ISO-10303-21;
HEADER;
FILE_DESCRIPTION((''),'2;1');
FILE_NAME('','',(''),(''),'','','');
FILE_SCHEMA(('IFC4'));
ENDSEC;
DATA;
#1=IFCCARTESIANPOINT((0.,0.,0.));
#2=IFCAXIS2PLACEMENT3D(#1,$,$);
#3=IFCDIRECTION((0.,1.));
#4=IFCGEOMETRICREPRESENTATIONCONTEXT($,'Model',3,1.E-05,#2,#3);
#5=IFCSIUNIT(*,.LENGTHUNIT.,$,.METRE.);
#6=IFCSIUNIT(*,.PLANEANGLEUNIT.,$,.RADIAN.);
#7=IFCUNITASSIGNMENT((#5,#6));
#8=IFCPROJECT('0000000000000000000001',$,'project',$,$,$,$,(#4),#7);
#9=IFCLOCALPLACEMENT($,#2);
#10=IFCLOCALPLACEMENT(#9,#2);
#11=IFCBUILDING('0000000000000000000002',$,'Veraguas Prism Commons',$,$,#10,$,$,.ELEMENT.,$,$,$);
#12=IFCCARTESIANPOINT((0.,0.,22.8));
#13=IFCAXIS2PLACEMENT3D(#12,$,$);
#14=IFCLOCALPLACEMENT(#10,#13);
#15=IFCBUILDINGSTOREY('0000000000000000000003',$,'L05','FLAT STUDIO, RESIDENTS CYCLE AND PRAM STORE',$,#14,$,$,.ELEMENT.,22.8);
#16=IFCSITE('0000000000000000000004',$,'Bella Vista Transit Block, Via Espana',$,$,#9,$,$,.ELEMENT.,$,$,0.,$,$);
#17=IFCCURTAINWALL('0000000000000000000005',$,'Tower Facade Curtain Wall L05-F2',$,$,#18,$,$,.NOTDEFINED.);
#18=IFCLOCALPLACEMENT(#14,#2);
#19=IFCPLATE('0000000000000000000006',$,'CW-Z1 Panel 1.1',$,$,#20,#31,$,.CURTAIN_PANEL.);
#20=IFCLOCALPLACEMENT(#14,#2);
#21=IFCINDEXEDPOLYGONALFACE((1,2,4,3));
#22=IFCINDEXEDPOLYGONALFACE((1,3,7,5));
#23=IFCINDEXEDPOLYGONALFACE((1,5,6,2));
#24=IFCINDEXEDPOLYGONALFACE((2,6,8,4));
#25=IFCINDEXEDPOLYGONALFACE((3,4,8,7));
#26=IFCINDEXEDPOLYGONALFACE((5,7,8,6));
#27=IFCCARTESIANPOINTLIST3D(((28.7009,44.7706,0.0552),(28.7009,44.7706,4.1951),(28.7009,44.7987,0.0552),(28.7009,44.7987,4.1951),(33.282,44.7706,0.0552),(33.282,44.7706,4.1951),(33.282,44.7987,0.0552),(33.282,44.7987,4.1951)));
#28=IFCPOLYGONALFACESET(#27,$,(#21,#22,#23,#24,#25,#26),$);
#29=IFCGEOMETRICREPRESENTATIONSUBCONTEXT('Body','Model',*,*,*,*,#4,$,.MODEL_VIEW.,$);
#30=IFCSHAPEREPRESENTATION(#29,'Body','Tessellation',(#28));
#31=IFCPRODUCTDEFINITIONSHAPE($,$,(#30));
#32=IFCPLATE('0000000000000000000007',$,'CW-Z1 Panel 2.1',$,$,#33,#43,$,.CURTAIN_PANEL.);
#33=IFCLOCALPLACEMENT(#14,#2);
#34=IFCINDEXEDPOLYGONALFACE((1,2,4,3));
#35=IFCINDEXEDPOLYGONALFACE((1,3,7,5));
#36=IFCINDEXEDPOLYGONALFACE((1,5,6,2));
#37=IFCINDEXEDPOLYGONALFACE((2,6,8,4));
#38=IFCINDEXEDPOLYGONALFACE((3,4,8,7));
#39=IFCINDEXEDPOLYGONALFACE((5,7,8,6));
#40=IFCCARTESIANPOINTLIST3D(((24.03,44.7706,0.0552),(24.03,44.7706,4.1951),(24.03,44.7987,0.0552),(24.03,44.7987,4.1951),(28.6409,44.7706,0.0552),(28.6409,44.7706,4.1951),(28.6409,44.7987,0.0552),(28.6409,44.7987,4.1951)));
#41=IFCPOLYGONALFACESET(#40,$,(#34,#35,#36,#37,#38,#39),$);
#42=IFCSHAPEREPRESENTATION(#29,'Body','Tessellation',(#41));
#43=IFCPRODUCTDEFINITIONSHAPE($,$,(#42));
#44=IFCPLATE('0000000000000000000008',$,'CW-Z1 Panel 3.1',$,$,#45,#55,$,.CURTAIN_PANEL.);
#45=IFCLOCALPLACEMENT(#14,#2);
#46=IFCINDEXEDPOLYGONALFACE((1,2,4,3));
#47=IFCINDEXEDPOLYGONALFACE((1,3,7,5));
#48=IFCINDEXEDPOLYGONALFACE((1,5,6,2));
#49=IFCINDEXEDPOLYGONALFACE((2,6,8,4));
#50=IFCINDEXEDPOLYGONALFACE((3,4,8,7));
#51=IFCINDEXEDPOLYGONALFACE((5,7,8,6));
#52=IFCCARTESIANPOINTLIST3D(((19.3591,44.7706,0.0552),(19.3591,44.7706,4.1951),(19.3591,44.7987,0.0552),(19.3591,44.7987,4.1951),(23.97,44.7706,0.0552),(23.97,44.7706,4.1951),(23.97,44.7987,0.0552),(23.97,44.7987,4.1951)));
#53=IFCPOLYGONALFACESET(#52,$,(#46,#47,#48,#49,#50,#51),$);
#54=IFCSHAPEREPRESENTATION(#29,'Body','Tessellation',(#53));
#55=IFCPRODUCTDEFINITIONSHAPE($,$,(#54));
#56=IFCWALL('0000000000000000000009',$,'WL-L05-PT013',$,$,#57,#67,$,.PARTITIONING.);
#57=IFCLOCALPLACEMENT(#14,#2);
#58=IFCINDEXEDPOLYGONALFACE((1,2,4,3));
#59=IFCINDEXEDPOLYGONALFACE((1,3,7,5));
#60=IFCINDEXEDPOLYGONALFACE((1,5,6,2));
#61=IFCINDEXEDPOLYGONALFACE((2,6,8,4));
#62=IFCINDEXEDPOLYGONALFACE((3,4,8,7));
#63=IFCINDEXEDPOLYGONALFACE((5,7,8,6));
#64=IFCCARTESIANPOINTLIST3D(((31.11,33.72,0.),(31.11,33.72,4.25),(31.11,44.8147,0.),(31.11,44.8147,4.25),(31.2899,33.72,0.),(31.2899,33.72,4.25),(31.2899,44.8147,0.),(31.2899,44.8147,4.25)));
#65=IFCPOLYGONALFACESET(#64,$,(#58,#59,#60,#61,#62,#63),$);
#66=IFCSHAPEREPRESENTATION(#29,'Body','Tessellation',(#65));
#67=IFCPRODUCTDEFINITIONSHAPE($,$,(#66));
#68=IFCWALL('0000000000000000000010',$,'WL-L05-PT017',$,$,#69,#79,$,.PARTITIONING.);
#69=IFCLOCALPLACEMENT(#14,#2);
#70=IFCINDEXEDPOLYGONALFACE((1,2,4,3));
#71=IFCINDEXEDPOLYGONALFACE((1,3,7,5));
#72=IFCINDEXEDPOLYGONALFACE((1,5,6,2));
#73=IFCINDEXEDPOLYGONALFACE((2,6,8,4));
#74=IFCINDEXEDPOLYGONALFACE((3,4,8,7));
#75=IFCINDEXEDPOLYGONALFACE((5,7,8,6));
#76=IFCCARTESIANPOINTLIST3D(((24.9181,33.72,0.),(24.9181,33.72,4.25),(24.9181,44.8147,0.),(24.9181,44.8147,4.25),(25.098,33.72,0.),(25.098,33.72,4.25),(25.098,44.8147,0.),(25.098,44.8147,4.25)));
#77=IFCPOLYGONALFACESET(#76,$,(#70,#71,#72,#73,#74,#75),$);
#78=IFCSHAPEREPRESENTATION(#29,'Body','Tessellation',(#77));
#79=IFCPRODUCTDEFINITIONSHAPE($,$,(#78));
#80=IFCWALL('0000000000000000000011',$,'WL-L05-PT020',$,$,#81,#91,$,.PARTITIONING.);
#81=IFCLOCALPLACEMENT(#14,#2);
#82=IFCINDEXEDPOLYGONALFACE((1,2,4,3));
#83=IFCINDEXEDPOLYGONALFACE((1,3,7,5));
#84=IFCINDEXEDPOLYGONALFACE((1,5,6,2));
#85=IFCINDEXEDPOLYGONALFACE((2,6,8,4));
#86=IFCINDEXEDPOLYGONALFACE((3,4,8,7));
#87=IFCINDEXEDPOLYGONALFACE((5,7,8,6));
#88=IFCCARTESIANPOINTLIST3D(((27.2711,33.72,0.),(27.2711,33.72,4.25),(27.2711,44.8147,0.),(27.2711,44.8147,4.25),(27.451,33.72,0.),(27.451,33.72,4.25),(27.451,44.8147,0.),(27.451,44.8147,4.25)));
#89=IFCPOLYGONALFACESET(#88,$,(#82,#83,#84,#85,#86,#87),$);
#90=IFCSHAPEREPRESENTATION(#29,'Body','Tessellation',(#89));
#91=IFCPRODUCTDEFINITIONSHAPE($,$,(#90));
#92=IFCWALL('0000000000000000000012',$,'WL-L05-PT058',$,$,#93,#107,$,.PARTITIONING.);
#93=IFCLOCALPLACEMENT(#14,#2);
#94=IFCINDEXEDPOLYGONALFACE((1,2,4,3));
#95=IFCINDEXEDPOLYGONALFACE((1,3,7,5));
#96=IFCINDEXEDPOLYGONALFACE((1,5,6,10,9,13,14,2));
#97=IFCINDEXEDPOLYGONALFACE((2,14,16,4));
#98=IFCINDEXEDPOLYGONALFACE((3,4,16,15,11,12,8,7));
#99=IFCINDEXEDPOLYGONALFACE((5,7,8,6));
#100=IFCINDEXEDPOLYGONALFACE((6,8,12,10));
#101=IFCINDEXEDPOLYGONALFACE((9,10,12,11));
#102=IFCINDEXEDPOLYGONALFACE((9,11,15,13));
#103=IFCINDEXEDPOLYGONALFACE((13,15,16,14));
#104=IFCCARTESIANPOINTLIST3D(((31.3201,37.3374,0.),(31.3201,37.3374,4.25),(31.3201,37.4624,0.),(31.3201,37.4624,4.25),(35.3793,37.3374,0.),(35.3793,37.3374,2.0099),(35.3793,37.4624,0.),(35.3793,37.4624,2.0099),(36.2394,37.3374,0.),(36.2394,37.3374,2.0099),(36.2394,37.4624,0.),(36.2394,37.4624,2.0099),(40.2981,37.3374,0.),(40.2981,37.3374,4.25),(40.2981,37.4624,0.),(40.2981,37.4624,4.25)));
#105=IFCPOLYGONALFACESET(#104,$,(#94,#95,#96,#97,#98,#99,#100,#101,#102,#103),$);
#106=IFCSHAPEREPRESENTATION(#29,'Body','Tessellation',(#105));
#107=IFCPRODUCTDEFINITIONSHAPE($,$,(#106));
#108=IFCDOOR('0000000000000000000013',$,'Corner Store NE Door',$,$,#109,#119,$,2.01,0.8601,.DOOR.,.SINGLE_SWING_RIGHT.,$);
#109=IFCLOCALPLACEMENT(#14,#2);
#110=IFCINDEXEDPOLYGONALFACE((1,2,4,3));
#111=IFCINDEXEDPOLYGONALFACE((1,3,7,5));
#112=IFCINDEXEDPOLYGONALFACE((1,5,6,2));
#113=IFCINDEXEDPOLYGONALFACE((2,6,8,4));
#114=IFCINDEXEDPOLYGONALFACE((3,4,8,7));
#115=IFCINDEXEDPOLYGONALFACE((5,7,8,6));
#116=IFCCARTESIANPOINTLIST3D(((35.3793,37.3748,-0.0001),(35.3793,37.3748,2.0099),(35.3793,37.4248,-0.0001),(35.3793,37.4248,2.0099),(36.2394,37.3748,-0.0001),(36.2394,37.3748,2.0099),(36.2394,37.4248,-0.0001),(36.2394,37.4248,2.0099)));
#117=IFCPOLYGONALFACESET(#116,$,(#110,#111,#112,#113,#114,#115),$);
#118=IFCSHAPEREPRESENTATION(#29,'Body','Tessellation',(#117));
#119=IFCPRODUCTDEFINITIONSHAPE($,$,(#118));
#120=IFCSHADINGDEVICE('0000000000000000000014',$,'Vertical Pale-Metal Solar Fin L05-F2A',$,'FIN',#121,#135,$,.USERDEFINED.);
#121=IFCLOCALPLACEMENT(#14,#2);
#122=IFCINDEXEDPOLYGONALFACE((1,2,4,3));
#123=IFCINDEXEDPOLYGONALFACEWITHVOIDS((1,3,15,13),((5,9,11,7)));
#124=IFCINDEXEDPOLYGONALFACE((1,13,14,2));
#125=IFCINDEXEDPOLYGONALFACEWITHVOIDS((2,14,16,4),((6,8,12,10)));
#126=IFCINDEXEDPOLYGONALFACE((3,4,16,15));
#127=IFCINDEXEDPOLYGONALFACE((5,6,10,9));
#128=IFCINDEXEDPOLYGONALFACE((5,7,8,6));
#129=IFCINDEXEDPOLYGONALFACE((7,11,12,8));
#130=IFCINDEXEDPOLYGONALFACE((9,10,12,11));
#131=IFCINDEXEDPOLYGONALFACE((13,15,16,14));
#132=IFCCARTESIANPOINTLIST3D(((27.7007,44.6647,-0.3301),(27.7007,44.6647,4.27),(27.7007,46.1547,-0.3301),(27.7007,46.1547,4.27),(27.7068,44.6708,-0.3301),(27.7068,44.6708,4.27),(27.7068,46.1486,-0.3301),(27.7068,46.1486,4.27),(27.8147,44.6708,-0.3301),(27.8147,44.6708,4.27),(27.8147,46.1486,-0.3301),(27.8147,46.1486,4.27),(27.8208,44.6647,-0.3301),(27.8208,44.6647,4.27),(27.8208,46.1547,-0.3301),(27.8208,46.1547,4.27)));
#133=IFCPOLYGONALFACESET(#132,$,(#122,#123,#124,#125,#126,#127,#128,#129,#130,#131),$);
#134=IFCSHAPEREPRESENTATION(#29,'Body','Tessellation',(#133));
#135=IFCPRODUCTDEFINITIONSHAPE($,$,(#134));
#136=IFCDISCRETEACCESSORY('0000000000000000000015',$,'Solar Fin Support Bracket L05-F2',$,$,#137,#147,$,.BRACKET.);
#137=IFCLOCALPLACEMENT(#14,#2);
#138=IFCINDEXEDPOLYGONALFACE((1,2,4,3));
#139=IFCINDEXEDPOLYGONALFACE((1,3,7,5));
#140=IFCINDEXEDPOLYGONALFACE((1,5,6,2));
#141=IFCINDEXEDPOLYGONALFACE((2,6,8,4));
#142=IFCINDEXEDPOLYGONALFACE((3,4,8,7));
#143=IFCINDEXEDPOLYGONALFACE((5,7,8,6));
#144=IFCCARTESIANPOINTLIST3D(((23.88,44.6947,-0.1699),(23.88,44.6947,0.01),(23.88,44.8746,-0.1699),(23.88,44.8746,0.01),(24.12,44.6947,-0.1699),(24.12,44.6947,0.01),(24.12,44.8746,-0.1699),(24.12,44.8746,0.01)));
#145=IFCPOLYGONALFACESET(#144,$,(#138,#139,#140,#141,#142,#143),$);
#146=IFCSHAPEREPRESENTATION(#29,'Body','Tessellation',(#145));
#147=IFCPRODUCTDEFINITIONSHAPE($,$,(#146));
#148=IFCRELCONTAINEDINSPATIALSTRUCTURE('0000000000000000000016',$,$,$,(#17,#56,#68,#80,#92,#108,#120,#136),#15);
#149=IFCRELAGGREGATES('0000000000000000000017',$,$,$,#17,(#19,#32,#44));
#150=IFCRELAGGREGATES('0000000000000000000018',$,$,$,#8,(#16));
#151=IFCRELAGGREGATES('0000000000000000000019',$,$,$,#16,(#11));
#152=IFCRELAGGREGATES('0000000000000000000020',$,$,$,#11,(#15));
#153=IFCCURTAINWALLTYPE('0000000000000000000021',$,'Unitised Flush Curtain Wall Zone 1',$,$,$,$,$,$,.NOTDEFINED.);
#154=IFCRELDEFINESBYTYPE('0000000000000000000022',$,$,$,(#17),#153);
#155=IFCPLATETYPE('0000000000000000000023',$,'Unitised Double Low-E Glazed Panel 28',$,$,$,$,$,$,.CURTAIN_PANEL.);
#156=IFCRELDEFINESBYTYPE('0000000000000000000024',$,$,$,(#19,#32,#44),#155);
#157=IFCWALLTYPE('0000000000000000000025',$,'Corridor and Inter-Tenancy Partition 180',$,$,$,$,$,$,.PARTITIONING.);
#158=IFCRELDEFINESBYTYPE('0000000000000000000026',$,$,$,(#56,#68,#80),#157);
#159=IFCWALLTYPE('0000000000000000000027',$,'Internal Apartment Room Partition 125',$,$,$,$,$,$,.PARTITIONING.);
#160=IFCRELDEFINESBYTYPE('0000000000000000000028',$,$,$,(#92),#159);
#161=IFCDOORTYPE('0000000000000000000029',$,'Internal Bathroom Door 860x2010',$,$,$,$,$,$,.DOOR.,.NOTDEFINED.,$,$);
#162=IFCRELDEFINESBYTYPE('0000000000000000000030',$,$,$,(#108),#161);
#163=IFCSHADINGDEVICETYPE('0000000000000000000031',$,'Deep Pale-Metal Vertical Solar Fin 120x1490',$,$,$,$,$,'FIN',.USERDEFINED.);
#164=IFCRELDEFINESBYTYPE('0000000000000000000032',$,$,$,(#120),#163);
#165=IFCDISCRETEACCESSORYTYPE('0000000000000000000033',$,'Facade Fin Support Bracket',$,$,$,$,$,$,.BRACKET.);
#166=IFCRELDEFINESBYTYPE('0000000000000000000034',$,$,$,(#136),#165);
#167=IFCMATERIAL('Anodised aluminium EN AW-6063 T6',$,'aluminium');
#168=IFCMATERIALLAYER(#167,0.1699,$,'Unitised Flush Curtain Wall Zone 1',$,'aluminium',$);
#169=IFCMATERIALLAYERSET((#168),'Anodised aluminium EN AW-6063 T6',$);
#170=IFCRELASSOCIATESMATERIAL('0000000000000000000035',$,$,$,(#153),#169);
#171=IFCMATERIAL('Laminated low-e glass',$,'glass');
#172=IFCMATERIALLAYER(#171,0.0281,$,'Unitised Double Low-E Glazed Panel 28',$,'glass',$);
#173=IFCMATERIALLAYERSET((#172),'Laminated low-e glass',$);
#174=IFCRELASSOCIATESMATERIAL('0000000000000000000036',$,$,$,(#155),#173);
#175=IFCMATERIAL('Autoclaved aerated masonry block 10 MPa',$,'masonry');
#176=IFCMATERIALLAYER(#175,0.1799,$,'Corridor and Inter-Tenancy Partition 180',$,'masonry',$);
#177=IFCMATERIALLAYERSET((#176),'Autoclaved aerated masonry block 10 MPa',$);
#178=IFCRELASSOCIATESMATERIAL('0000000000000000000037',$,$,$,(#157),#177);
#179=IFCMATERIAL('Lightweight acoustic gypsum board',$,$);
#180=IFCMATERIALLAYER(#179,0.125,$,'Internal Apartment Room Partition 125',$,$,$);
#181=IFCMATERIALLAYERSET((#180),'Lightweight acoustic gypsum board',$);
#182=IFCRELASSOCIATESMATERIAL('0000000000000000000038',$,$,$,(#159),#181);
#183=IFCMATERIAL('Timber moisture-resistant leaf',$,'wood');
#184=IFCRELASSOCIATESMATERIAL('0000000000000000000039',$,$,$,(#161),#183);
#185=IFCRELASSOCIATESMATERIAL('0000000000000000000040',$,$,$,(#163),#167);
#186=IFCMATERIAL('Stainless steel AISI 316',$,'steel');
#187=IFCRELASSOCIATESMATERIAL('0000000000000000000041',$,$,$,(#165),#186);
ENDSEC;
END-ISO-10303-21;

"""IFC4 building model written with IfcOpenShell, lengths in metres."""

from ifc_helpers import new_model, si_unit, direction, frame, frame_2d, origin, origin_2d, place, context, subcontext, project, spatial, rectangle, hollow_rectangle, extrude, source, transform, mapped, material, layer, layer_set, material_profile, profile_set, type_object, element, fill, aggregate, save


model = new_model("IFC4")

# Units and contexts
model_context = context("Model", 3, precision=1e-05, world=origin(), true_north=direction((0.0, 1.0)))
body_context = subcontext(model_context, "Body", "Model", "MODEL_VIEW")
ifc_project = project(units=[si_unit("LENGTHUNIT", "METRE"), si_unit("PLANEANGLEUNIT", "RADIAN")], contexts=[model_context])

# Site, building, storey
site_placement = place(None, origin())
site = spatial("IfcSite", under=ifc_project, at=site_placement, Name="Bella Vista Transit Block, Via Espana", CompositionType="ELEMENT", RefElevation=0.0)
building_placement = place(site_placement, origin())
building = spatial("IfcBuilding", under=site, at=building_placement, Name="Veraguas Prism Commons", CompositionType="ELEMENT")
storey_placement = place(building_placement, frame((0.0, 0.0, 22.8)))
storey = spatial("IfcBuildingStorey", under=building, at=storey_placement, Name="L05", Description="FLAT STUDIO, RESIDENTS CYCLE AND PRAM STORE", CompositionType="ELEMENT", Elevation=22.8)

# Curtain wall, plates
ifc_material_1 = material(Name="Anodised aluminium EN AW-6063 T6", Category="aluminium")
ifc_layer_1 = layer(ifc_material_1, 0.1699, Name="Unitised Flush Curtain Wall Zone 1", Category="aluminium")
ifc_layer_set_1 = layer_set([ifc_layer_1], Name="Anodised aluminium EN AW-6063 T6")
curtain_wall_type = type_object("IfcCurtainWallType", Name="Unitised Flush Curtain Wall Zone 1", PredefinedType="NOTDEFINED", material=ifc_layer_set_1)
curtain_wall_placement = place(storey_placement, origin())
curtain_wall = element("IfcCurtainWall", 1, at=curtain_wall_placement, inside=storey, type_object=curtain_wall_type, Name="Tower Facade Curtain Wall L05-F2", PredefinedType="NOTDEFINED")
ifc_material_2 = material(Name="Laminated low-e glass", Category="glass")
ifc_layer_2 = layer(ifc_material_2, 0.0281, Name="Unitised Double Low-E Glazed Panel 28", Category="glass")
ifc_layer_set_2 = layer_set([ifc_layer_2], Name="Laminated low-e glass")
plate_type = type_object("IfcPlateType", Name="Unitised Double Low-E Glazed Panel 28", PredefinedType="CURTAIN_PANEL", material=ifc_layer_set_2)
shared_shape_1 = source(origin(), body_context, "Body", "SweptSolid", [
    extrude(rectangle(XDim=4.5811, YDim=0.0281, at=origin_2d()), origin(), (0.0, 0.0, 1.0), 4.1399),
])
plate_1_placement = place(storey_placement, frame((30.9915, 44.7847, 0.0552), z_axis=(0.0, 0.0, 1.0), x_axis=(-1.0, 0.0, 0.0)))
plate_1 = element("IfcPlate", 2, at=plate_1_placement, type_object=plate_type, Name="CW-Z1 Panel 1.1", PredefinedType="CURTAIN_PANEL", context=body_context, shape_type="MappedRepresentation", body=[
    mapped(shared_shape_1, transform((0.0, 0.0, 0.0), scale=1.0)),
])
shared_shape_2 = source(origin(), body_context, "Body", "SweptSolid", [
    extrude(rectangle(XDim=4.6108, YDim=0.0281, at=origin_2d()), origin(), (0.0, 0.0, 1.0), 4.1399),
])
plate_2_placement = place(storey_placement, frame((26.3354, 44.7847, 0.0552), z_axis=(0.0, 0.0, 1.0), x_axis=(-1.0, 0.0, 0.0)))
plate_2 = element("IfcPlate", 3, at=plate_2_placement, type_object=plate_type, Name="CW-Z1 Panel 2.1", PredefinedType="CURTAIN_PANEL", context=body_context, shape_type="MappedRepresentation", body=[
    mapped(shared_shape_2, transform((0.0, 0.0, 0.0), scale=1.0)),
])
plate_3_placement = place(storey_placement, frame((21.6646, 44.7847, 0.0552), z_axis=(0.0, 0.0, 1.0), x_axis=(-1.0, 0.0, 0.0)))
plate_3 = element("IfcPlate", 4, at=plate_3_placement, type_object=plate_type, Name="CW-Z1 Panel 3.1", PredefinedType="CURTAIN_PANEL", context=body_context, shape_type="MappedRepresentation", body=[
    mapped(shared_shape_2, transform((0.0, 0.0, 0.0), scale=1.0)),
])
aggregate(curtain_wall, [plate_1, plate_2, plate_3])

# Walls
ifc_material_3 = material(Name="Autoclaved aerated masonry block 10 MPa", Category="masonry")
ifc_layer_3 = layer(ifc_material_3, 0.1799, Name="Corridor and Inter-Tenancy Partition 180", Category="masonry")
ifc_layer_set_3 = layer_set([ifc_layer_3], Name="Autoclaved aerated masonry block 10 MPa")
wall_type_1 = type_object("IfcWallType", Name="Corridor and Inter-Tenancy Partition 180", PredefinedType="PARTITIONING", material=ifc_layer_set_3)
for number, where, z_axis, x_axis, name in (
    (5, (31.2, 33.72, 0.0), (0.0, 0.0, 1.0), (0.0, 1.0, 0.0), "WL-L05-PT013"),
    (6, (25.0081, 33.72, 0.0), (0.0, 0.0, 1.0), (0.0, 1.0, 0.0), "WL-L05-PT017"),
    (7, (27.3611, 33.72, 0.0), (0.0, 0.0, 1.0), (0.0, 1.0, 0.0), "WL-L05-PT020"),
):
    element("IfcWall", number, at=place(storey_placement, frame(where, z_axis=z_axis, x_axis=x_axis)), inside=storey, type_object=wall_type_1, Name=name, PredefinedType="PARTITIONING", context=body_context, shape_type="SweptSolid", body=[
        extrude(rectangle(XDim=11.0947, YDim=0.1799, at=frame_2d((5.5474, 0.0))), origin(), (0.0, 0.0, 1.0), 4.25),
    ])

# Wall, opening, door
ifc_material_4 = material(Name="Lightweight acoustic gypsum board")
ifc_layer_4 = layer(ifc_material_4, 0.125, Name="Internal Apartment Room Partition 125")
ifc_layer_set_4 = layer_set([ifc_layer_4], Name="Lightweight acoustic gypsum board")
wall_type_2 = type_object("IfcWallType", Name="Internal Apartment Room Partition 125", PredefinedType="PARTITIONING", material=ifc_layer_set_4)
wall_placement = place(storey_placement, frame((31.3201, 37.3999, 0.0), z_axis=(0.0, 0.0, 1.0), x_axis=(1.0, 0.0, 0.0)))
wall = element("IfcWall", 8, at=wall_placement, inside=storey, type_object=wall_type_2, Name="WL-L05-PT058", PredefinedType="PARTITIONING", context=body_context, shape_type="SweptSolid", body=[
    extrude(rectangle(XDim=8.978, YDim=0.125, at=frame_2d((4.489, 0.0))), origin(), (0.0, 0.0, 1.0), 4.25),
])
opening_placement = place(wall_placement, frame((4.0591, 0.0, 0.0)))
opening = element("IfcOpeningElement", 9, at=opening_placement, cuts=wall, PredefinedType="OPENING", context=body_context, shape_type="SweptSolid", body=[
    extrude(rectangle(XDim=0.8601, YDim=2.01, at=frame_2d((0.4302, 1.0049))), frame((0.0, 0.0725, 0.0), z_axis=(0.0, -1.0, 0.0), x_axis=(1.0, 0.0, 0.0)), (0.0, 0.0, 1.0), 0.145),
])
ifc_material_5 = material(Name="Timber moisture-resistant leaf", Category="wood")
door_type = type_object("IfcDoorType", Name="Internal Bathroom Door 860x2010", OperationType="NOTDEFINED", PredefinedType="DOOR", material=ifc_material_5)
shared_shape_3 = source(origin(), body_context, "Body", "SweptSolid", [
    extrude(rectangle(XDim=0.8601, YDim=2.01, at=frame_2d((0.4302, 1.0049))), frame((0.0, 0.0249, 0.0), z_axis=(0.0, -1.0, 0.0), x_axis=(1.0, 0.0, 0.0)), (0.0, 0.0, 1.0), 0.05),
])
door_placement = place(opening_placement, origin())
door = element("IfcDoor", 10, at=door_placement, inside=storey, type_object=door_type, Name="Corner Store NE Door", OperationType="SINGLE_SWING_RIGHT", OverallHeight=2.01, OverallWidth=0.8601, PredefinedType="DOOR", context=body_context, shape_type="MappedRepresentation", body=[
    mapped(shared_shape_3, transform((0.0, 0.0, 0.0), scale=1.0)),
])
fill(opening, door)

# Shading device
ifc_material_profile_1 = material_profile(ifc_material_1, hollow_rectangle(XDim=0.1201, YDim=1.49, WallThickness=0.0061, at=origin_2d()), Name="FIN120X1490X6")
ifc_profile_set_1 = profile_set([ifc_material_profile_1], Name="Anodised aluminium EN AW-6063 T6")
shading_device_type = type_object("IfcShadingDeviceType", Name="Deep Pale-Metal Vertical Solar Fin 120x1490", ElementType="FIN", PredefinedType="USERDEFINED", material=ifc_profile_set_1)
shading_device_placement = place(storey_placement, frame((27.7607, 45.4097, -0.3301), z_axis=(0.0, 0.0, 1.0), x_axis=(-1.0, 0.0, 0.0)))
element("IfcShadingDevice", 11, at=shading_device_placement, inside=storey, type_object=shading_device_type, Name="Vertical Pale-Metal Solar Fin L05-F2A", ObjectType="FIN", PredefinedType="USERDEFINED", context=body_context, shape_type="SweptSolid", body=[
    extrude(hollow_rectangle(XDim=0.1201, YDim=1.49, WallThickness=0.0061, at=origin_2d()), origin(), (0.0, 0.0, 1.0), 4.6001),
])

# Discrete accessory
ifc_material_6 = material(Name="Stainless steel AISI 316", Category="steel")
discrete_accessory_type = type_object("IfcDiscreteAccessoryType", Name="Facade Fin Support Bracket", PredefinedType="BRACKET", material=ifc_material_6)
shared_shape_4 = source(origin(), body_context, "Body", "SweptSolid", [
    extrude(rectangle(XDim=0.24, YDim=0.1799, at=origin_2d()), origin(), (0.0, 0.0, 1.0), 0.1799),
])
discrete_accessory_placement = place(storey_placement, frame((24.0, 44.7847, -0.1699), z_axis=(0.0, 0.0, 1.0), x_axis=(-1.0, 0.0, 0.0)))
element("IfcDiscreteAccessory", 12, at=discrete_accessory_placement, inside=storey, type_object=discrete_accessory_type, Name="Solar Fin Support Bracket L05-F2", PredefinedType="BRACKET", context=body_context, shape_type="MappedRepresentation", body=[
    mapped(shared_shape_4, transform((0.0, 0.0, 0.0), scale=1.0)),
])

save(model, "model.ifc")
